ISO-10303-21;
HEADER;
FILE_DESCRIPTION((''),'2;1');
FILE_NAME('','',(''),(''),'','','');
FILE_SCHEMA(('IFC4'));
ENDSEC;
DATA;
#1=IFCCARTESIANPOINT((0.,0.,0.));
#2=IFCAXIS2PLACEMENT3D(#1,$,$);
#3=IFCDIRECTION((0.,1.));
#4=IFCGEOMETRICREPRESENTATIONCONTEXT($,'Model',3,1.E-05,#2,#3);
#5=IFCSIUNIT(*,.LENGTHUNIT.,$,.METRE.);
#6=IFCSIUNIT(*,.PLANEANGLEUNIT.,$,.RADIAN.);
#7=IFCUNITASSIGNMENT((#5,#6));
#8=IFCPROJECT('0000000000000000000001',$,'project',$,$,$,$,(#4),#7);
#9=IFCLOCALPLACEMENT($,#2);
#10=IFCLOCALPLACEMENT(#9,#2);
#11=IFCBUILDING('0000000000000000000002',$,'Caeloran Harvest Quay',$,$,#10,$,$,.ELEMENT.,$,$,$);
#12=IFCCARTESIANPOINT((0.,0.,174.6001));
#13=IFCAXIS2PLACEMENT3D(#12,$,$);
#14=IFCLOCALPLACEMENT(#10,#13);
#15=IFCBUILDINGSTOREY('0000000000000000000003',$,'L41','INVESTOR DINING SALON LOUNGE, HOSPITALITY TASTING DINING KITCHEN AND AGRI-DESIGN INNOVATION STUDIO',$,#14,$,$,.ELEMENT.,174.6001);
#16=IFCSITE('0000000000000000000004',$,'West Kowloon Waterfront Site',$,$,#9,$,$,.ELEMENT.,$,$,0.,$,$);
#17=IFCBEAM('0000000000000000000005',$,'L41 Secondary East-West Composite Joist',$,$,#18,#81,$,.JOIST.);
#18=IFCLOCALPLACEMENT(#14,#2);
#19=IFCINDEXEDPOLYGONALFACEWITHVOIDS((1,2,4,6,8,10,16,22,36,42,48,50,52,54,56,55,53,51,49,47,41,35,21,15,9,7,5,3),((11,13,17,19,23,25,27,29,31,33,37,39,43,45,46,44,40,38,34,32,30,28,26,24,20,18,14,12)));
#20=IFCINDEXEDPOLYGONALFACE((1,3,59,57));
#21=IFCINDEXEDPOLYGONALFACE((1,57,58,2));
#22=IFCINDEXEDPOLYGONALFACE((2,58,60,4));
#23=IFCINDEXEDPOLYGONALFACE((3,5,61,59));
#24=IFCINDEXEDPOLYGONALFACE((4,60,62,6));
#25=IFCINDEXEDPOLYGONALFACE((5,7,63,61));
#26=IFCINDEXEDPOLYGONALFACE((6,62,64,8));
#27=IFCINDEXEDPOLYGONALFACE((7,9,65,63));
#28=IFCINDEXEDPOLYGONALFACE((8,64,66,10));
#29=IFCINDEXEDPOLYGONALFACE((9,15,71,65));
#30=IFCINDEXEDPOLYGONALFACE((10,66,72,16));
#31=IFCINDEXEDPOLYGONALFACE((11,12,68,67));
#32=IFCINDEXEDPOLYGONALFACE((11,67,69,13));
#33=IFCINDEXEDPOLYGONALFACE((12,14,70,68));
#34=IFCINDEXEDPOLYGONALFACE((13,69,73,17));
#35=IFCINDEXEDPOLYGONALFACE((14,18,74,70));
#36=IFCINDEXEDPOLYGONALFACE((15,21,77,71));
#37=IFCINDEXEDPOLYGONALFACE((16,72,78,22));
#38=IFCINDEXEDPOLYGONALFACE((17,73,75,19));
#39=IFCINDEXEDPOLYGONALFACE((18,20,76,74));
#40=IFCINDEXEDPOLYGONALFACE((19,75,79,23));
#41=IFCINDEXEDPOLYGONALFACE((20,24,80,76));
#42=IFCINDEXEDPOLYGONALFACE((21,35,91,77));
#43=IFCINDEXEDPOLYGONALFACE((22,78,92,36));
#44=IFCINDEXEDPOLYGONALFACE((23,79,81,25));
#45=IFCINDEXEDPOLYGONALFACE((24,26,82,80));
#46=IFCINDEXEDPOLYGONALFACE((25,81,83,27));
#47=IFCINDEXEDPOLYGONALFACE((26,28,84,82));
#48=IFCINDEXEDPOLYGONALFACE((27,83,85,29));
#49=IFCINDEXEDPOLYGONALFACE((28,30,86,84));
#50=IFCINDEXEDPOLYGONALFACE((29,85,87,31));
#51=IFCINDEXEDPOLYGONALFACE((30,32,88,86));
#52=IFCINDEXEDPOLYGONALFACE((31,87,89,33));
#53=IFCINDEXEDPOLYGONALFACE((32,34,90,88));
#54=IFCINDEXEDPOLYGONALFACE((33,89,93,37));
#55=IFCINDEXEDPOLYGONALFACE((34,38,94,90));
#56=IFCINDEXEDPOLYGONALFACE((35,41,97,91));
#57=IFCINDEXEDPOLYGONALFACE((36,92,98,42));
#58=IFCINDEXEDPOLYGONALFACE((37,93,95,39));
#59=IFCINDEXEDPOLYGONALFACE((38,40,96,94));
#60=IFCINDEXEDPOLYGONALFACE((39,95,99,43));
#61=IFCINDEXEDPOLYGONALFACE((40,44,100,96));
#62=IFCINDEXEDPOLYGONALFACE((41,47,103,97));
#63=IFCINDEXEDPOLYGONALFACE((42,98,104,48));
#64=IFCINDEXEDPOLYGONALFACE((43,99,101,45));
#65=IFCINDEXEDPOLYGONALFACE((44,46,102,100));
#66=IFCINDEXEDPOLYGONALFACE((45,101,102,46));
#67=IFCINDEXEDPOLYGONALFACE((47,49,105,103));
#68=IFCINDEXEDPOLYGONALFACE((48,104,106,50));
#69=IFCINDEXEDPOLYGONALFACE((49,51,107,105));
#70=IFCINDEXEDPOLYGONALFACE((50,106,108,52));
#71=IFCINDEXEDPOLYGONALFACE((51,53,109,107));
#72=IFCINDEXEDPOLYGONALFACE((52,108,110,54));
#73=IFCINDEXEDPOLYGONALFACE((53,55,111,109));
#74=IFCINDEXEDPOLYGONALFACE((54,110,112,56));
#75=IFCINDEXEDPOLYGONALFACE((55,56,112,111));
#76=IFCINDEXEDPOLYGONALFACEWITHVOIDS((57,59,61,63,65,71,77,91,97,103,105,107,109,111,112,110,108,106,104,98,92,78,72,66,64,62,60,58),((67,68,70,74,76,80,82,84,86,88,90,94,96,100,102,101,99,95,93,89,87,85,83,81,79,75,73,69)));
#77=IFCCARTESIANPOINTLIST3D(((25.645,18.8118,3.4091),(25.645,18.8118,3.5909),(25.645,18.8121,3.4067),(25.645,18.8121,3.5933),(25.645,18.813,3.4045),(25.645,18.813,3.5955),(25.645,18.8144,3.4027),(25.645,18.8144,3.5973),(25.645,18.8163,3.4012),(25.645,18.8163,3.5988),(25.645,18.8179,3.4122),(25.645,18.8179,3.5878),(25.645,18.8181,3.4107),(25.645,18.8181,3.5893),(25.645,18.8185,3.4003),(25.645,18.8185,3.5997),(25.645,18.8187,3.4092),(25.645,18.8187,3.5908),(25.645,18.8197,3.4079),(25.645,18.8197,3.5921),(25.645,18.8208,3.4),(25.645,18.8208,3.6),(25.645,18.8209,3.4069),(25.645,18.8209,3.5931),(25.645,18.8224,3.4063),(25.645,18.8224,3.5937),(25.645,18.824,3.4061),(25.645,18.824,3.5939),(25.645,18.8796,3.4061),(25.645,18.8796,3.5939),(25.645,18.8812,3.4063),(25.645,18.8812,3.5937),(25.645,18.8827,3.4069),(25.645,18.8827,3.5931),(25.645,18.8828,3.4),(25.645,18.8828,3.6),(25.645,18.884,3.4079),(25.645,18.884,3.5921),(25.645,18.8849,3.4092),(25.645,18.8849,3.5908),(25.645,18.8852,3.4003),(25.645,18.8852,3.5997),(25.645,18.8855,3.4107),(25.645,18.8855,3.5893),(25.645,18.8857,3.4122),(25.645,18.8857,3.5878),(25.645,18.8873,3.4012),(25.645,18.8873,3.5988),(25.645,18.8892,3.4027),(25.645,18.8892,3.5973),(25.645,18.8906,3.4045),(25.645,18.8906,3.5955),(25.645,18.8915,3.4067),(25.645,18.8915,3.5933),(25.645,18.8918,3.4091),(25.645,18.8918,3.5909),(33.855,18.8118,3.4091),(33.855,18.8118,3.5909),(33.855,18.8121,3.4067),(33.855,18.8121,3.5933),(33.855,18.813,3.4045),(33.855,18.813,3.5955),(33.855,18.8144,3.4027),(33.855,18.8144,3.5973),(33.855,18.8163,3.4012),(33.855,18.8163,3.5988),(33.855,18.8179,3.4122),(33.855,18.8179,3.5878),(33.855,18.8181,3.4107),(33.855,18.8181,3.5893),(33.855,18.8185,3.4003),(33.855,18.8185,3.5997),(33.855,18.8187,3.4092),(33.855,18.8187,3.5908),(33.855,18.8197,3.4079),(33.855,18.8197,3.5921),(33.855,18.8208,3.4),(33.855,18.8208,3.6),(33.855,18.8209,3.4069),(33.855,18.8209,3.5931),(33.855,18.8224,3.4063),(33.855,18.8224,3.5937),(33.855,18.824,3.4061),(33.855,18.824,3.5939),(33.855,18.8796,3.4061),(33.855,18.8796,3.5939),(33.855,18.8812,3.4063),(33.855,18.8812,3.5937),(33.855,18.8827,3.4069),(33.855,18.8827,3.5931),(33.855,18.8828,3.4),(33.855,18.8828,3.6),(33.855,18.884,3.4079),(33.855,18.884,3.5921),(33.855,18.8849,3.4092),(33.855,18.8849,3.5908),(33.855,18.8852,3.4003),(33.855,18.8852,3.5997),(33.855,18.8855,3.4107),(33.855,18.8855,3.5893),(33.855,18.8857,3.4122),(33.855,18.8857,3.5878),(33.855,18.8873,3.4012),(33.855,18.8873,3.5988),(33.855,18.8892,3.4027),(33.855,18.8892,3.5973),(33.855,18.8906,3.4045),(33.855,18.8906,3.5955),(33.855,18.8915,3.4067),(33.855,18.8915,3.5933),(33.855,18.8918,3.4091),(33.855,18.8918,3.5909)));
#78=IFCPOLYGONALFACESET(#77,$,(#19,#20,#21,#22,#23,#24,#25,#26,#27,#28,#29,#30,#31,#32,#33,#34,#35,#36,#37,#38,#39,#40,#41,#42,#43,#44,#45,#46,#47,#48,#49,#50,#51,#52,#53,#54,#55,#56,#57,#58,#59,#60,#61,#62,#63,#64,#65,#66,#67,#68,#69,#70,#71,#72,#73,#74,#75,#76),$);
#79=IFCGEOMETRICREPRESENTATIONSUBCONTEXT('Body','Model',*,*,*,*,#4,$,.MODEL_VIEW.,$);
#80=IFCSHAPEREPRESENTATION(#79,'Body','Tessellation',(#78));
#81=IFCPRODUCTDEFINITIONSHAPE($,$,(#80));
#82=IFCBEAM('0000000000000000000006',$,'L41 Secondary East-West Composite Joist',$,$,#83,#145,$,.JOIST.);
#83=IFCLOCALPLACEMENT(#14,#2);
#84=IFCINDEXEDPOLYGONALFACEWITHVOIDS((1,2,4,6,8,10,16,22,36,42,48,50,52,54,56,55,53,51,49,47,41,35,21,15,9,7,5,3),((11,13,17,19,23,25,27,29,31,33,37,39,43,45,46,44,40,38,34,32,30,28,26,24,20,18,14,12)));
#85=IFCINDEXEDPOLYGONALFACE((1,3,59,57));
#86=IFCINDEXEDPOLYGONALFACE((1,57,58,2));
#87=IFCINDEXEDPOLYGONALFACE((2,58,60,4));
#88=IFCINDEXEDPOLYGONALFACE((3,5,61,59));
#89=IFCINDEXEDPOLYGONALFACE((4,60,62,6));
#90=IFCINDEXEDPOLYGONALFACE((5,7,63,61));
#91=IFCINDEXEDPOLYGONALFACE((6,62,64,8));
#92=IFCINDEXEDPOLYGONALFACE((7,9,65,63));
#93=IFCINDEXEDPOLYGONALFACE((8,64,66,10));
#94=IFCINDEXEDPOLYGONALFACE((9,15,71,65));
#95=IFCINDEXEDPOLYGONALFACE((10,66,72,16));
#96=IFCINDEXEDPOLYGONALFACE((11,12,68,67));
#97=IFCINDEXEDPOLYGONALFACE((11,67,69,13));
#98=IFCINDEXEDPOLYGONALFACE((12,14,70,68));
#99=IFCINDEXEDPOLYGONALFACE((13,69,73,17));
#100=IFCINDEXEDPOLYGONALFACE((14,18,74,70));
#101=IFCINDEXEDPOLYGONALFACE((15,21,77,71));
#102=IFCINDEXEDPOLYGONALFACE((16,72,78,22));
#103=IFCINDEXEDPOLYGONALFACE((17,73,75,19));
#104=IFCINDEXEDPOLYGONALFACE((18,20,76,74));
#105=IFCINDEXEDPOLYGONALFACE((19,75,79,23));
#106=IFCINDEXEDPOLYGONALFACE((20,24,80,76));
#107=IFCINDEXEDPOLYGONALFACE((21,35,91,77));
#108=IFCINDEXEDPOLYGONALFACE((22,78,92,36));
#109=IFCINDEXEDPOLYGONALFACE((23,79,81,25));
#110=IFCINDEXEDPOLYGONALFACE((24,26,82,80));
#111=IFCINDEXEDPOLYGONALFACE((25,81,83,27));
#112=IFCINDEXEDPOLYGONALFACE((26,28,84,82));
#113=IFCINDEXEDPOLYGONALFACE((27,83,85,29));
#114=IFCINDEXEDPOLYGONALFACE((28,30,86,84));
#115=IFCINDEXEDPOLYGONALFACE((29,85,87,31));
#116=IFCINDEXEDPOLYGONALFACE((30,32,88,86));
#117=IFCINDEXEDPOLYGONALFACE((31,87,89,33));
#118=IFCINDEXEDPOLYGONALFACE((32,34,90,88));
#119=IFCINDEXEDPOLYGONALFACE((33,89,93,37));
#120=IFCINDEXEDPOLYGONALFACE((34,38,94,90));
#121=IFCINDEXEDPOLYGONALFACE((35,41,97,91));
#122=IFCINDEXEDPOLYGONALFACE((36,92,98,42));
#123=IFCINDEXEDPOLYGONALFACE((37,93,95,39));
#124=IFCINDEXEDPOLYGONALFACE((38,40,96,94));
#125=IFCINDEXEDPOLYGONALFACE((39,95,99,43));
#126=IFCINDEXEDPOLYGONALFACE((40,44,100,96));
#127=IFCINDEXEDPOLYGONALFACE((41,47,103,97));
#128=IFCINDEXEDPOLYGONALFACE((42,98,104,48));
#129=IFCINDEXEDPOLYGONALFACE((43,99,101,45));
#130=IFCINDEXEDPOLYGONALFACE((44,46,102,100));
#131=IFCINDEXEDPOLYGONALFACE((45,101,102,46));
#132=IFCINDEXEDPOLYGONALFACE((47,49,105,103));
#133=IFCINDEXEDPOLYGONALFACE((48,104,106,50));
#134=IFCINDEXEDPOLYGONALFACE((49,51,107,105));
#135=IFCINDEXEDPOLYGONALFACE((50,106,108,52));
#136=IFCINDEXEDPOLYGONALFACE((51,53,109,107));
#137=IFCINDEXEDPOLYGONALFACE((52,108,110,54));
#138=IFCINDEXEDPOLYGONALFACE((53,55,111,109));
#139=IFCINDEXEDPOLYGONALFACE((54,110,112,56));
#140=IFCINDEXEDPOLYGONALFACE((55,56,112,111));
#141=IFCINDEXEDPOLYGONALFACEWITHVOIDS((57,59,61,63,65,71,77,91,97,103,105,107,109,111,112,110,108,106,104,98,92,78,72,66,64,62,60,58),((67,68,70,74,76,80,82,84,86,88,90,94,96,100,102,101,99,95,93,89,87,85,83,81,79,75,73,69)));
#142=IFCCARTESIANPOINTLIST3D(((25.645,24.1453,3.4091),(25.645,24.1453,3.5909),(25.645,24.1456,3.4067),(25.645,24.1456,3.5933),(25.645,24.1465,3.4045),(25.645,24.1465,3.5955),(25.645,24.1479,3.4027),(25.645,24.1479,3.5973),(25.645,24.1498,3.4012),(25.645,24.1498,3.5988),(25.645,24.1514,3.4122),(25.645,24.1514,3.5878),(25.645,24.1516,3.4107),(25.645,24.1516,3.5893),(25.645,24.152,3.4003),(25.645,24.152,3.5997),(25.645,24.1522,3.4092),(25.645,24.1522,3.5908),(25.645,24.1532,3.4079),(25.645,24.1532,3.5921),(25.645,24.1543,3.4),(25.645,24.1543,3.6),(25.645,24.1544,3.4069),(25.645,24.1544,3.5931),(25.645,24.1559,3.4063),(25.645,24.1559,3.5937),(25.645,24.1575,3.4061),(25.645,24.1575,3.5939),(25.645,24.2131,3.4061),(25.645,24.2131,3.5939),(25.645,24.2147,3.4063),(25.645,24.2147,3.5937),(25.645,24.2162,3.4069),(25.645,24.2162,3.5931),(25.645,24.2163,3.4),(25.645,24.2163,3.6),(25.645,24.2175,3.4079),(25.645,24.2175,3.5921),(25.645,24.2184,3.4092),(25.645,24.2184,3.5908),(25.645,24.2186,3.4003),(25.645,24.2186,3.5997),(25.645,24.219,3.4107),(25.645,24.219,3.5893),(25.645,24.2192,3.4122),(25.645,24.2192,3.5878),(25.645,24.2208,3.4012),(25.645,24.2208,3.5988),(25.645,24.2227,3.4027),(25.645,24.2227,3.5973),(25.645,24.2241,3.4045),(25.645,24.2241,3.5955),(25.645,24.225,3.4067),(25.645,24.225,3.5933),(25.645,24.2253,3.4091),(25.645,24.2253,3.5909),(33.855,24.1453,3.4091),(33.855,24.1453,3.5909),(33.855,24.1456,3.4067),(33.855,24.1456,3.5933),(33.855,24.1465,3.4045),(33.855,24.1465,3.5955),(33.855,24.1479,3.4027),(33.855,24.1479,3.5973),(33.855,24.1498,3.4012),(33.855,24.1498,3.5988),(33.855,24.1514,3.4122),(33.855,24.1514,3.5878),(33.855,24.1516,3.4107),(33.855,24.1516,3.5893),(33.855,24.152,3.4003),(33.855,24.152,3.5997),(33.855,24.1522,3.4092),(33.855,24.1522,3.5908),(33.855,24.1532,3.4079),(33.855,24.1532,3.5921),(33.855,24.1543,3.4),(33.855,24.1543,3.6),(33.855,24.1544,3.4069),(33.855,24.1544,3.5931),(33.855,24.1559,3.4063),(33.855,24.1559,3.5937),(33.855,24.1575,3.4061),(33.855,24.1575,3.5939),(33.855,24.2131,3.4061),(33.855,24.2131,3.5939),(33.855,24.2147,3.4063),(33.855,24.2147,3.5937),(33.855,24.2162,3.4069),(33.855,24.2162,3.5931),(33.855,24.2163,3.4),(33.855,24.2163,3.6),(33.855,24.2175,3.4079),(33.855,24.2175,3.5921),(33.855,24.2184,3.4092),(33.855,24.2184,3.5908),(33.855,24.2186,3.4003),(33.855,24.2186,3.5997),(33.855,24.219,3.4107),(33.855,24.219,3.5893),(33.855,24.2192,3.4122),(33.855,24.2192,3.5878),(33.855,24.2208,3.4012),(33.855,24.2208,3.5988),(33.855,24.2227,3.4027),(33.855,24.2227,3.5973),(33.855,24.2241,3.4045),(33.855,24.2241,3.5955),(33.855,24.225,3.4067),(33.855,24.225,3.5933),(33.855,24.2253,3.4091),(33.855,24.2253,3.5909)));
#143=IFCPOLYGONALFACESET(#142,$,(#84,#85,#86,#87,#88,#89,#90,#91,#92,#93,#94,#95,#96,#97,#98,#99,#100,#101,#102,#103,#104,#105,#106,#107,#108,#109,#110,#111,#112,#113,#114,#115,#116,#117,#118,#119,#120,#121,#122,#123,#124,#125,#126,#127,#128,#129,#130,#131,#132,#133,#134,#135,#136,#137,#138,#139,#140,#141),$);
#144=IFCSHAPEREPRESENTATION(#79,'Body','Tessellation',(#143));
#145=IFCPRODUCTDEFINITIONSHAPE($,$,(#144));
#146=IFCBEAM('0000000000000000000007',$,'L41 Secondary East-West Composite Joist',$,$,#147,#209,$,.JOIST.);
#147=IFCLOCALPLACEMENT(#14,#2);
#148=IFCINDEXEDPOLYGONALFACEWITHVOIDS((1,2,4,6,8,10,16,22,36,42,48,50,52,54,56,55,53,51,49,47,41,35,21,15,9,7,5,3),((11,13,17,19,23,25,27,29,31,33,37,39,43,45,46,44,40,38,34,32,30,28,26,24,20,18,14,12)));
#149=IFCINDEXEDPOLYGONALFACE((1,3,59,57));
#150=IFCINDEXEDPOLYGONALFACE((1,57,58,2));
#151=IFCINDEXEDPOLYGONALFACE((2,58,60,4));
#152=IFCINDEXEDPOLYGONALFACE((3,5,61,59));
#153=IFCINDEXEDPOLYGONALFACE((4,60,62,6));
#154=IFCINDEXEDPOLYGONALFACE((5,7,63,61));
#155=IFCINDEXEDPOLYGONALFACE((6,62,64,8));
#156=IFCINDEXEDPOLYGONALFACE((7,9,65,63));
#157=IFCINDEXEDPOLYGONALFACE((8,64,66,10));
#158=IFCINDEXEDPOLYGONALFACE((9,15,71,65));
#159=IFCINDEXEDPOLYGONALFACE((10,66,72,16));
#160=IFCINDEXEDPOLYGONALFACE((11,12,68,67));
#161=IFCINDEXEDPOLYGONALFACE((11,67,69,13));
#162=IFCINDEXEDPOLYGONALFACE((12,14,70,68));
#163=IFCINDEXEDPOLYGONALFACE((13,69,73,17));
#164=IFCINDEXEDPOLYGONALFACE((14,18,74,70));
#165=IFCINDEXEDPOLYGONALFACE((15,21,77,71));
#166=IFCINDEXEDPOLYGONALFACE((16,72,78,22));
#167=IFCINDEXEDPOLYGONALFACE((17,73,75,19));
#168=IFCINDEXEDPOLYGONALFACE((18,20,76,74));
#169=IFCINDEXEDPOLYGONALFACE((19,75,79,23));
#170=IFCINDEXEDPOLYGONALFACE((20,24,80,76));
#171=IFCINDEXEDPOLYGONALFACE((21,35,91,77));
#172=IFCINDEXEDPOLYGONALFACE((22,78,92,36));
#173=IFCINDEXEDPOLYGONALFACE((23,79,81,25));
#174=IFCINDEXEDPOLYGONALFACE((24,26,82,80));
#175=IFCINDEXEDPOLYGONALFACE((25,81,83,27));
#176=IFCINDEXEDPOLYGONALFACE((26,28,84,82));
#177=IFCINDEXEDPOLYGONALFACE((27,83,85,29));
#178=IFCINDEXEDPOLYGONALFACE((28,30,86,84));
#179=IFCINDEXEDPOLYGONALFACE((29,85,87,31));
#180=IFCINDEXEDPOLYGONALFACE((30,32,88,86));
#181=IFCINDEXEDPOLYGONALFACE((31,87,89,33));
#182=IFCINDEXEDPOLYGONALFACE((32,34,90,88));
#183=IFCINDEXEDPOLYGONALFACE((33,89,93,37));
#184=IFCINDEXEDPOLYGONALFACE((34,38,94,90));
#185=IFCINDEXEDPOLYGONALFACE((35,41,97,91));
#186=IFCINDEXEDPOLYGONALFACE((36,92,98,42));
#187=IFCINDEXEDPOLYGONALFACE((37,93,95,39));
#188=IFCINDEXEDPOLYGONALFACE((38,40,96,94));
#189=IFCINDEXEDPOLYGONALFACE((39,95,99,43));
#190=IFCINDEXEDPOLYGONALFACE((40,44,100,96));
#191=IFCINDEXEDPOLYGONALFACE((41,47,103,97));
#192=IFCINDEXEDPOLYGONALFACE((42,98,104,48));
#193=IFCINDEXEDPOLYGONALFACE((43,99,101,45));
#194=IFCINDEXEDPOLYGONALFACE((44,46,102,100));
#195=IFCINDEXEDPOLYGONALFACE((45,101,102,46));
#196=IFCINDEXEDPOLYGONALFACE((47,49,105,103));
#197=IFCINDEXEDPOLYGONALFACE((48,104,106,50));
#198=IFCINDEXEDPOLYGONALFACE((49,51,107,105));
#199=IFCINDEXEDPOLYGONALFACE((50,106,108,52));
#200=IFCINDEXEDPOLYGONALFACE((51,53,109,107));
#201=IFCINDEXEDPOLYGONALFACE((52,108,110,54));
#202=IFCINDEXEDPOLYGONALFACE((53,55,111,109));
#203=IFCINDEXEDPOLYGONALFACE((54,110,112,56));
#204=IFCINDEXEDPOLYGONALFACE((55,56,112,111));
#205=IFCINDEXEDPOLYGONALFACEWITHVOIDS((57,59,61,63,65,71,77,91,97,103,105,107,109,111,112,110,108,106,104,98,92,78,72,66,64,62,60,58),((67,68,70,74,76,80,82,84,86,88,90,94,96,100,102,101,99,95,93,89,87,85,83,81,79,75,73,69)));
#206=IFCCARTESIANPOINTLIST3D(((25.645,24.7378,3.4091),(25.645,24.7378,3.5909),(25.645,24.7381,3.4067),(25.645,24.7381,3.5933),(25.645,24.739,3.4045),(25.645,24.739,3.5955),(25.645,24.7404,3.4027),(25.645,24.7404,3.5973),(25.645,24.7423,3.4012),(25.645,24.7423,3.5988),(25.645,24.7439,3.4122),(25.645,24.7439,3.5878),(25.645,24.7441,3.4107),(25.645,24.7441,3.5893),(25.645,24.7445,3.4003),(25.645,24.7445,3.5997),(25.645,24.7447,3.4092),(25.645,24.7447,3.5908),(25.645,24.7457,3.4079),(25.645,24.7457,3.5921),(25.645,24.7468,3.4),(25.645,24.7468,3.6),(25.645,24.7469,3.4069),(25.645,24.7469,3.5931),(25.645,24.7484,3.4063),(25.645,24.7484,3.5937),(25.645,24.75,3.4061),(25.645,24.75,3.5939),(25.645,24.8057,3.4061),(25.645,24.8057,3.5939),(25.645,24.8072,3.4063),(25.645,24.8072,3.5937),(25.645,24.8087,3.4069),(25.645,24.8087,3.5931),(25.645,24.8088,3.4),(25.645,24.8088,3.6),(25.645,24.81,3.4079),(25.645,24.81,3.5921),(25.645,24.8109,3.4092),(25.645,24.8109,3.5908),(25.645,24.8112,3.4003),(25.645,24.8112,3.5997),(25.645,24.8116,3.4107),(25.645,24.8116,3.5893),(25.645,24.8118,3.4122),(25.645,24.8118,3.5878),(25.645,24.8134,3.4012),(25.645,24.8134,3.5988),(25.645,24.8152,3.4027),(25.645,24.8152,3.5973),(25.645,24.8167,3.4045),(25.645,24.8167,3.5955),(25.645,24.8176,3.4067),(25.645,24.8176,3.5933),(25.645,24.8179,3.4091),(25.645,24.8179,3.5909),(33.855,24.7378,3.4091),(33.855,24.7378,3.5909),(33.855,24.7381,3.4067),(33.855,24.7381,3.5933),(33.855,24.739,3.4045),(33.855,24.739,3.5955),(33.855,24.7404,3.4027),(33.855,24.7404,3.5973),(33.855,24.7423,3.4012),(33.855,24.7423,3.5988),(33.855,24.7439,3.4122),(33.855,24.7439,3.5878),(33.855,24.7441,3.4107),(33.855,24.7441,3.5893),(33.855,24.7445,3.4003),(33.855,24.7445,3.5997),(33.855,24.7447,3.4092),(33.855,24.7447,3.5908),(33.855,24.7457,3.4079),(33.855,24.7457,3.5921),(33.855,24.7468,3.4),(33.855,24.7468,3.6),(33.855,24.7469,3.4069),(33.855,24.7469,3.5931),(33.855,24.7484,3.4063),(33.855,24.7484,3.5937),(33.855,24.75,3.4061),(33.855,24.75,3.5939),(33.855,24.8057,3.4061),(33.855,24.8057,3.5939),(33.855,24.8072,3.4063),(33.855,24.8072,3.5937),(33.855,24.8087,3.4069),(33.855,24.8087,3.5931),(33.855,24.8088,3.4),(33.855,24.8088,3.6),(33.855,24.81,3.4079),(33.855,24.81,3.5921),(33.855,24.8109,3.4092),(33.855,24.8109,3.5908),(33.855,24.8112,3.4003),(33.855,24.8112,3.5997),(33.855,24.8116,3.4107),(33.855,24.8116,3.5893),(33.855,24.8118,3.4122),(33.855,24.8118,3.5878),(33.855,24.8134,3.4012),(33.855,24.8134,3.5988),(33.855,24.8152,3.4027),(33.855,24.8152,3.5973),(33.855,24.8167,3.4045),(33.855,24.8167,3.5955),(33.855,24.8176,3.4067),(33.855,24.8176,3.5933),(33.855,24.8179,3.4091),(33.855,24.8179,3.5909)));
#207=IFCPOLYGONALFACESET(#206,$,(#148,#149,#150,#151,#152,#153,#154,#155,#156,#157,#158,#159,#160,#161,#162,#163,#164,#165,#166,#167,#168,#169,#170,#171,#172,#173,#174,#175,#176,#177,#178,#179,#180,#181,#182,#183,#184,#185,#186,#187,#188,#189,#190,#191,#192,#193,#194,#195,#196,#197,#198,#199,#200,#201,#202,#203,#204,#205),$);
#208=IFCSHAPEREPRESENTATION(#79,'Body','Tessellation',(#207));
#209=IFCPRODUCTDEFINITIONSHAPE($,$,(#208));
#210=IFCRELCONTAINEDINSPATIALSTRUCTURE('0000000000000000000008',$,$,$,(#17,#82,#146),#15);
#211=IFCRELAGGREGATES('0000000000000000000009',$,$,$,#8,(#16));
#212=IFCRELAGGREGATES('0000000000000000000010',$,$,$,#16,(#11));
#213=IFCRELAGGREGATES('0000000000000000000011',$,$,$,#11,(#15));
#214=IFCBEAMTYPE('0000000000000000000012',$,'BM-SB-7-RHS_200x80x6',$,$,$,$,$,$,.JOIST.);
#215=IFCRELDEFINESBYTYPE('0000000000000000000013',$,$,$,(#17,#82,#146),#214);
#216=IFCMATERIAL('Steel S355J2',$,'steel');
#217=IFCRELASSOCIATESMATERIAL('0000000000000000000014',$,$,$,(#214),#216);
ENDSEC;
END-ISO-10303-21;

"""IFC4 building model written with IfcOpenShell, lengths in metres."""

from ifc_helpers import new_model, si_unit, direction, frame, origin, origin_2d, place, context, subcontext, project, spatial, hollow_rectangle, extrude, material, material_profile, profile_set, type_object, element, save


model = new_model("IFC4")

# Units and contexts
model_context = context("Model", 3, precision=1e-05, world=origin(), true_north=direction((0.0, 1.0)))
body_context = subcontext(model_context, "Body", "Model", "MODEL_VIEW")
ifc_project = project(units=[si_unit("LENGTHUNIT", "METRE"), si_unit("PLANEANGLEUNIT", "RADIAN")], contexts=[model_context])

# Site, building, storey
site_placement = place(None, origin())
site = spatial("IfcSite", under=ifc_project, at=site_placement, Name="West Kowloon Waterfront Site", CompositionType="ELEMENT", RefElevation=0.0)
building_placement = place(site_placement, origin())
building = spatial("IfcBuilding", under=site, at=building_placement, Name="Caeloran Harvest Quay", CompositionType="ELEMENT")
storey_placement = place(building_placement, frame((0.0, 0.0, 174.6001)))
storey = spatial("IfcBuildingStorey", under=building, at=storey_placement, Name="L41", Description="INVESTOR DINING SALON LOUNGE, HOSPITALITY TASTING DINING KITCHEN AND AGRI-DESIGN INNOVATION STUDIO", CompositionType="ELEMENT", Elevation=174.6001)

# Beams
ifc_material_1 = material(Name="Steel S355J2", Category="steel")
ifc_material_profile_1 = material_profile(ifc_material_1, hollow_rectangle(XDim=0.0801, YDim=0.2, WallThickness=0.0061, InnerFilletRadius=0.0061, OuterFilletRadius=0.009, at=origin_2d()), Name="RHS 200x80x6")
ifc_profile_set_1 = profile_set([ifc_material_profile_1], Name="Steel S355J2")
beam_type_1 = type_object("IfcBeamType", Name="BM-SB-7-RHS_200x80x6", PredefinedType="JOIST", material=ifc_profile_set_1)
for number, where, z_axis, x_axis, name in (
    (1, (25.645, 18.8518, 3.5), (1.0, 0.0, 0.0), (0.0, 1.0, 0.0), "L41 Secondary East-West Composite Joist"),
    (2, (25.645, 24.1853, 3.5), (1.0, 0.0, 0.0), (0.0, 1.0, 0.0), "L41 Secondary East-West Composite Joist"),
    (3, (25.645, 24.7778, 3.5), (1.0, 0.0, 0.0), (0.0, 1.0, 0.0), "L41 Secondary East-West Composite Joist"),
):
    element("IfcBeam", number, at=place(storey_placement, frame(where, z_axis=z_axis, x_axis=x_axis)), inside=storey, type_object=beam_type_1, Name=name, PredefinedType="JOIST", context=body_context, shape_type="SweptSolid", body=[
        extrude(hollow_rectangle(XDim=0.0801, YDim=0.2, WallThickness=0.0061, InnerFilletRadius=0.0061, OuterFilletRadius=0.009, at=origin_2d()), origin(), (0.0, 0.0, 1.0), 8.21),
    ])

save(model, "model.ifc")
